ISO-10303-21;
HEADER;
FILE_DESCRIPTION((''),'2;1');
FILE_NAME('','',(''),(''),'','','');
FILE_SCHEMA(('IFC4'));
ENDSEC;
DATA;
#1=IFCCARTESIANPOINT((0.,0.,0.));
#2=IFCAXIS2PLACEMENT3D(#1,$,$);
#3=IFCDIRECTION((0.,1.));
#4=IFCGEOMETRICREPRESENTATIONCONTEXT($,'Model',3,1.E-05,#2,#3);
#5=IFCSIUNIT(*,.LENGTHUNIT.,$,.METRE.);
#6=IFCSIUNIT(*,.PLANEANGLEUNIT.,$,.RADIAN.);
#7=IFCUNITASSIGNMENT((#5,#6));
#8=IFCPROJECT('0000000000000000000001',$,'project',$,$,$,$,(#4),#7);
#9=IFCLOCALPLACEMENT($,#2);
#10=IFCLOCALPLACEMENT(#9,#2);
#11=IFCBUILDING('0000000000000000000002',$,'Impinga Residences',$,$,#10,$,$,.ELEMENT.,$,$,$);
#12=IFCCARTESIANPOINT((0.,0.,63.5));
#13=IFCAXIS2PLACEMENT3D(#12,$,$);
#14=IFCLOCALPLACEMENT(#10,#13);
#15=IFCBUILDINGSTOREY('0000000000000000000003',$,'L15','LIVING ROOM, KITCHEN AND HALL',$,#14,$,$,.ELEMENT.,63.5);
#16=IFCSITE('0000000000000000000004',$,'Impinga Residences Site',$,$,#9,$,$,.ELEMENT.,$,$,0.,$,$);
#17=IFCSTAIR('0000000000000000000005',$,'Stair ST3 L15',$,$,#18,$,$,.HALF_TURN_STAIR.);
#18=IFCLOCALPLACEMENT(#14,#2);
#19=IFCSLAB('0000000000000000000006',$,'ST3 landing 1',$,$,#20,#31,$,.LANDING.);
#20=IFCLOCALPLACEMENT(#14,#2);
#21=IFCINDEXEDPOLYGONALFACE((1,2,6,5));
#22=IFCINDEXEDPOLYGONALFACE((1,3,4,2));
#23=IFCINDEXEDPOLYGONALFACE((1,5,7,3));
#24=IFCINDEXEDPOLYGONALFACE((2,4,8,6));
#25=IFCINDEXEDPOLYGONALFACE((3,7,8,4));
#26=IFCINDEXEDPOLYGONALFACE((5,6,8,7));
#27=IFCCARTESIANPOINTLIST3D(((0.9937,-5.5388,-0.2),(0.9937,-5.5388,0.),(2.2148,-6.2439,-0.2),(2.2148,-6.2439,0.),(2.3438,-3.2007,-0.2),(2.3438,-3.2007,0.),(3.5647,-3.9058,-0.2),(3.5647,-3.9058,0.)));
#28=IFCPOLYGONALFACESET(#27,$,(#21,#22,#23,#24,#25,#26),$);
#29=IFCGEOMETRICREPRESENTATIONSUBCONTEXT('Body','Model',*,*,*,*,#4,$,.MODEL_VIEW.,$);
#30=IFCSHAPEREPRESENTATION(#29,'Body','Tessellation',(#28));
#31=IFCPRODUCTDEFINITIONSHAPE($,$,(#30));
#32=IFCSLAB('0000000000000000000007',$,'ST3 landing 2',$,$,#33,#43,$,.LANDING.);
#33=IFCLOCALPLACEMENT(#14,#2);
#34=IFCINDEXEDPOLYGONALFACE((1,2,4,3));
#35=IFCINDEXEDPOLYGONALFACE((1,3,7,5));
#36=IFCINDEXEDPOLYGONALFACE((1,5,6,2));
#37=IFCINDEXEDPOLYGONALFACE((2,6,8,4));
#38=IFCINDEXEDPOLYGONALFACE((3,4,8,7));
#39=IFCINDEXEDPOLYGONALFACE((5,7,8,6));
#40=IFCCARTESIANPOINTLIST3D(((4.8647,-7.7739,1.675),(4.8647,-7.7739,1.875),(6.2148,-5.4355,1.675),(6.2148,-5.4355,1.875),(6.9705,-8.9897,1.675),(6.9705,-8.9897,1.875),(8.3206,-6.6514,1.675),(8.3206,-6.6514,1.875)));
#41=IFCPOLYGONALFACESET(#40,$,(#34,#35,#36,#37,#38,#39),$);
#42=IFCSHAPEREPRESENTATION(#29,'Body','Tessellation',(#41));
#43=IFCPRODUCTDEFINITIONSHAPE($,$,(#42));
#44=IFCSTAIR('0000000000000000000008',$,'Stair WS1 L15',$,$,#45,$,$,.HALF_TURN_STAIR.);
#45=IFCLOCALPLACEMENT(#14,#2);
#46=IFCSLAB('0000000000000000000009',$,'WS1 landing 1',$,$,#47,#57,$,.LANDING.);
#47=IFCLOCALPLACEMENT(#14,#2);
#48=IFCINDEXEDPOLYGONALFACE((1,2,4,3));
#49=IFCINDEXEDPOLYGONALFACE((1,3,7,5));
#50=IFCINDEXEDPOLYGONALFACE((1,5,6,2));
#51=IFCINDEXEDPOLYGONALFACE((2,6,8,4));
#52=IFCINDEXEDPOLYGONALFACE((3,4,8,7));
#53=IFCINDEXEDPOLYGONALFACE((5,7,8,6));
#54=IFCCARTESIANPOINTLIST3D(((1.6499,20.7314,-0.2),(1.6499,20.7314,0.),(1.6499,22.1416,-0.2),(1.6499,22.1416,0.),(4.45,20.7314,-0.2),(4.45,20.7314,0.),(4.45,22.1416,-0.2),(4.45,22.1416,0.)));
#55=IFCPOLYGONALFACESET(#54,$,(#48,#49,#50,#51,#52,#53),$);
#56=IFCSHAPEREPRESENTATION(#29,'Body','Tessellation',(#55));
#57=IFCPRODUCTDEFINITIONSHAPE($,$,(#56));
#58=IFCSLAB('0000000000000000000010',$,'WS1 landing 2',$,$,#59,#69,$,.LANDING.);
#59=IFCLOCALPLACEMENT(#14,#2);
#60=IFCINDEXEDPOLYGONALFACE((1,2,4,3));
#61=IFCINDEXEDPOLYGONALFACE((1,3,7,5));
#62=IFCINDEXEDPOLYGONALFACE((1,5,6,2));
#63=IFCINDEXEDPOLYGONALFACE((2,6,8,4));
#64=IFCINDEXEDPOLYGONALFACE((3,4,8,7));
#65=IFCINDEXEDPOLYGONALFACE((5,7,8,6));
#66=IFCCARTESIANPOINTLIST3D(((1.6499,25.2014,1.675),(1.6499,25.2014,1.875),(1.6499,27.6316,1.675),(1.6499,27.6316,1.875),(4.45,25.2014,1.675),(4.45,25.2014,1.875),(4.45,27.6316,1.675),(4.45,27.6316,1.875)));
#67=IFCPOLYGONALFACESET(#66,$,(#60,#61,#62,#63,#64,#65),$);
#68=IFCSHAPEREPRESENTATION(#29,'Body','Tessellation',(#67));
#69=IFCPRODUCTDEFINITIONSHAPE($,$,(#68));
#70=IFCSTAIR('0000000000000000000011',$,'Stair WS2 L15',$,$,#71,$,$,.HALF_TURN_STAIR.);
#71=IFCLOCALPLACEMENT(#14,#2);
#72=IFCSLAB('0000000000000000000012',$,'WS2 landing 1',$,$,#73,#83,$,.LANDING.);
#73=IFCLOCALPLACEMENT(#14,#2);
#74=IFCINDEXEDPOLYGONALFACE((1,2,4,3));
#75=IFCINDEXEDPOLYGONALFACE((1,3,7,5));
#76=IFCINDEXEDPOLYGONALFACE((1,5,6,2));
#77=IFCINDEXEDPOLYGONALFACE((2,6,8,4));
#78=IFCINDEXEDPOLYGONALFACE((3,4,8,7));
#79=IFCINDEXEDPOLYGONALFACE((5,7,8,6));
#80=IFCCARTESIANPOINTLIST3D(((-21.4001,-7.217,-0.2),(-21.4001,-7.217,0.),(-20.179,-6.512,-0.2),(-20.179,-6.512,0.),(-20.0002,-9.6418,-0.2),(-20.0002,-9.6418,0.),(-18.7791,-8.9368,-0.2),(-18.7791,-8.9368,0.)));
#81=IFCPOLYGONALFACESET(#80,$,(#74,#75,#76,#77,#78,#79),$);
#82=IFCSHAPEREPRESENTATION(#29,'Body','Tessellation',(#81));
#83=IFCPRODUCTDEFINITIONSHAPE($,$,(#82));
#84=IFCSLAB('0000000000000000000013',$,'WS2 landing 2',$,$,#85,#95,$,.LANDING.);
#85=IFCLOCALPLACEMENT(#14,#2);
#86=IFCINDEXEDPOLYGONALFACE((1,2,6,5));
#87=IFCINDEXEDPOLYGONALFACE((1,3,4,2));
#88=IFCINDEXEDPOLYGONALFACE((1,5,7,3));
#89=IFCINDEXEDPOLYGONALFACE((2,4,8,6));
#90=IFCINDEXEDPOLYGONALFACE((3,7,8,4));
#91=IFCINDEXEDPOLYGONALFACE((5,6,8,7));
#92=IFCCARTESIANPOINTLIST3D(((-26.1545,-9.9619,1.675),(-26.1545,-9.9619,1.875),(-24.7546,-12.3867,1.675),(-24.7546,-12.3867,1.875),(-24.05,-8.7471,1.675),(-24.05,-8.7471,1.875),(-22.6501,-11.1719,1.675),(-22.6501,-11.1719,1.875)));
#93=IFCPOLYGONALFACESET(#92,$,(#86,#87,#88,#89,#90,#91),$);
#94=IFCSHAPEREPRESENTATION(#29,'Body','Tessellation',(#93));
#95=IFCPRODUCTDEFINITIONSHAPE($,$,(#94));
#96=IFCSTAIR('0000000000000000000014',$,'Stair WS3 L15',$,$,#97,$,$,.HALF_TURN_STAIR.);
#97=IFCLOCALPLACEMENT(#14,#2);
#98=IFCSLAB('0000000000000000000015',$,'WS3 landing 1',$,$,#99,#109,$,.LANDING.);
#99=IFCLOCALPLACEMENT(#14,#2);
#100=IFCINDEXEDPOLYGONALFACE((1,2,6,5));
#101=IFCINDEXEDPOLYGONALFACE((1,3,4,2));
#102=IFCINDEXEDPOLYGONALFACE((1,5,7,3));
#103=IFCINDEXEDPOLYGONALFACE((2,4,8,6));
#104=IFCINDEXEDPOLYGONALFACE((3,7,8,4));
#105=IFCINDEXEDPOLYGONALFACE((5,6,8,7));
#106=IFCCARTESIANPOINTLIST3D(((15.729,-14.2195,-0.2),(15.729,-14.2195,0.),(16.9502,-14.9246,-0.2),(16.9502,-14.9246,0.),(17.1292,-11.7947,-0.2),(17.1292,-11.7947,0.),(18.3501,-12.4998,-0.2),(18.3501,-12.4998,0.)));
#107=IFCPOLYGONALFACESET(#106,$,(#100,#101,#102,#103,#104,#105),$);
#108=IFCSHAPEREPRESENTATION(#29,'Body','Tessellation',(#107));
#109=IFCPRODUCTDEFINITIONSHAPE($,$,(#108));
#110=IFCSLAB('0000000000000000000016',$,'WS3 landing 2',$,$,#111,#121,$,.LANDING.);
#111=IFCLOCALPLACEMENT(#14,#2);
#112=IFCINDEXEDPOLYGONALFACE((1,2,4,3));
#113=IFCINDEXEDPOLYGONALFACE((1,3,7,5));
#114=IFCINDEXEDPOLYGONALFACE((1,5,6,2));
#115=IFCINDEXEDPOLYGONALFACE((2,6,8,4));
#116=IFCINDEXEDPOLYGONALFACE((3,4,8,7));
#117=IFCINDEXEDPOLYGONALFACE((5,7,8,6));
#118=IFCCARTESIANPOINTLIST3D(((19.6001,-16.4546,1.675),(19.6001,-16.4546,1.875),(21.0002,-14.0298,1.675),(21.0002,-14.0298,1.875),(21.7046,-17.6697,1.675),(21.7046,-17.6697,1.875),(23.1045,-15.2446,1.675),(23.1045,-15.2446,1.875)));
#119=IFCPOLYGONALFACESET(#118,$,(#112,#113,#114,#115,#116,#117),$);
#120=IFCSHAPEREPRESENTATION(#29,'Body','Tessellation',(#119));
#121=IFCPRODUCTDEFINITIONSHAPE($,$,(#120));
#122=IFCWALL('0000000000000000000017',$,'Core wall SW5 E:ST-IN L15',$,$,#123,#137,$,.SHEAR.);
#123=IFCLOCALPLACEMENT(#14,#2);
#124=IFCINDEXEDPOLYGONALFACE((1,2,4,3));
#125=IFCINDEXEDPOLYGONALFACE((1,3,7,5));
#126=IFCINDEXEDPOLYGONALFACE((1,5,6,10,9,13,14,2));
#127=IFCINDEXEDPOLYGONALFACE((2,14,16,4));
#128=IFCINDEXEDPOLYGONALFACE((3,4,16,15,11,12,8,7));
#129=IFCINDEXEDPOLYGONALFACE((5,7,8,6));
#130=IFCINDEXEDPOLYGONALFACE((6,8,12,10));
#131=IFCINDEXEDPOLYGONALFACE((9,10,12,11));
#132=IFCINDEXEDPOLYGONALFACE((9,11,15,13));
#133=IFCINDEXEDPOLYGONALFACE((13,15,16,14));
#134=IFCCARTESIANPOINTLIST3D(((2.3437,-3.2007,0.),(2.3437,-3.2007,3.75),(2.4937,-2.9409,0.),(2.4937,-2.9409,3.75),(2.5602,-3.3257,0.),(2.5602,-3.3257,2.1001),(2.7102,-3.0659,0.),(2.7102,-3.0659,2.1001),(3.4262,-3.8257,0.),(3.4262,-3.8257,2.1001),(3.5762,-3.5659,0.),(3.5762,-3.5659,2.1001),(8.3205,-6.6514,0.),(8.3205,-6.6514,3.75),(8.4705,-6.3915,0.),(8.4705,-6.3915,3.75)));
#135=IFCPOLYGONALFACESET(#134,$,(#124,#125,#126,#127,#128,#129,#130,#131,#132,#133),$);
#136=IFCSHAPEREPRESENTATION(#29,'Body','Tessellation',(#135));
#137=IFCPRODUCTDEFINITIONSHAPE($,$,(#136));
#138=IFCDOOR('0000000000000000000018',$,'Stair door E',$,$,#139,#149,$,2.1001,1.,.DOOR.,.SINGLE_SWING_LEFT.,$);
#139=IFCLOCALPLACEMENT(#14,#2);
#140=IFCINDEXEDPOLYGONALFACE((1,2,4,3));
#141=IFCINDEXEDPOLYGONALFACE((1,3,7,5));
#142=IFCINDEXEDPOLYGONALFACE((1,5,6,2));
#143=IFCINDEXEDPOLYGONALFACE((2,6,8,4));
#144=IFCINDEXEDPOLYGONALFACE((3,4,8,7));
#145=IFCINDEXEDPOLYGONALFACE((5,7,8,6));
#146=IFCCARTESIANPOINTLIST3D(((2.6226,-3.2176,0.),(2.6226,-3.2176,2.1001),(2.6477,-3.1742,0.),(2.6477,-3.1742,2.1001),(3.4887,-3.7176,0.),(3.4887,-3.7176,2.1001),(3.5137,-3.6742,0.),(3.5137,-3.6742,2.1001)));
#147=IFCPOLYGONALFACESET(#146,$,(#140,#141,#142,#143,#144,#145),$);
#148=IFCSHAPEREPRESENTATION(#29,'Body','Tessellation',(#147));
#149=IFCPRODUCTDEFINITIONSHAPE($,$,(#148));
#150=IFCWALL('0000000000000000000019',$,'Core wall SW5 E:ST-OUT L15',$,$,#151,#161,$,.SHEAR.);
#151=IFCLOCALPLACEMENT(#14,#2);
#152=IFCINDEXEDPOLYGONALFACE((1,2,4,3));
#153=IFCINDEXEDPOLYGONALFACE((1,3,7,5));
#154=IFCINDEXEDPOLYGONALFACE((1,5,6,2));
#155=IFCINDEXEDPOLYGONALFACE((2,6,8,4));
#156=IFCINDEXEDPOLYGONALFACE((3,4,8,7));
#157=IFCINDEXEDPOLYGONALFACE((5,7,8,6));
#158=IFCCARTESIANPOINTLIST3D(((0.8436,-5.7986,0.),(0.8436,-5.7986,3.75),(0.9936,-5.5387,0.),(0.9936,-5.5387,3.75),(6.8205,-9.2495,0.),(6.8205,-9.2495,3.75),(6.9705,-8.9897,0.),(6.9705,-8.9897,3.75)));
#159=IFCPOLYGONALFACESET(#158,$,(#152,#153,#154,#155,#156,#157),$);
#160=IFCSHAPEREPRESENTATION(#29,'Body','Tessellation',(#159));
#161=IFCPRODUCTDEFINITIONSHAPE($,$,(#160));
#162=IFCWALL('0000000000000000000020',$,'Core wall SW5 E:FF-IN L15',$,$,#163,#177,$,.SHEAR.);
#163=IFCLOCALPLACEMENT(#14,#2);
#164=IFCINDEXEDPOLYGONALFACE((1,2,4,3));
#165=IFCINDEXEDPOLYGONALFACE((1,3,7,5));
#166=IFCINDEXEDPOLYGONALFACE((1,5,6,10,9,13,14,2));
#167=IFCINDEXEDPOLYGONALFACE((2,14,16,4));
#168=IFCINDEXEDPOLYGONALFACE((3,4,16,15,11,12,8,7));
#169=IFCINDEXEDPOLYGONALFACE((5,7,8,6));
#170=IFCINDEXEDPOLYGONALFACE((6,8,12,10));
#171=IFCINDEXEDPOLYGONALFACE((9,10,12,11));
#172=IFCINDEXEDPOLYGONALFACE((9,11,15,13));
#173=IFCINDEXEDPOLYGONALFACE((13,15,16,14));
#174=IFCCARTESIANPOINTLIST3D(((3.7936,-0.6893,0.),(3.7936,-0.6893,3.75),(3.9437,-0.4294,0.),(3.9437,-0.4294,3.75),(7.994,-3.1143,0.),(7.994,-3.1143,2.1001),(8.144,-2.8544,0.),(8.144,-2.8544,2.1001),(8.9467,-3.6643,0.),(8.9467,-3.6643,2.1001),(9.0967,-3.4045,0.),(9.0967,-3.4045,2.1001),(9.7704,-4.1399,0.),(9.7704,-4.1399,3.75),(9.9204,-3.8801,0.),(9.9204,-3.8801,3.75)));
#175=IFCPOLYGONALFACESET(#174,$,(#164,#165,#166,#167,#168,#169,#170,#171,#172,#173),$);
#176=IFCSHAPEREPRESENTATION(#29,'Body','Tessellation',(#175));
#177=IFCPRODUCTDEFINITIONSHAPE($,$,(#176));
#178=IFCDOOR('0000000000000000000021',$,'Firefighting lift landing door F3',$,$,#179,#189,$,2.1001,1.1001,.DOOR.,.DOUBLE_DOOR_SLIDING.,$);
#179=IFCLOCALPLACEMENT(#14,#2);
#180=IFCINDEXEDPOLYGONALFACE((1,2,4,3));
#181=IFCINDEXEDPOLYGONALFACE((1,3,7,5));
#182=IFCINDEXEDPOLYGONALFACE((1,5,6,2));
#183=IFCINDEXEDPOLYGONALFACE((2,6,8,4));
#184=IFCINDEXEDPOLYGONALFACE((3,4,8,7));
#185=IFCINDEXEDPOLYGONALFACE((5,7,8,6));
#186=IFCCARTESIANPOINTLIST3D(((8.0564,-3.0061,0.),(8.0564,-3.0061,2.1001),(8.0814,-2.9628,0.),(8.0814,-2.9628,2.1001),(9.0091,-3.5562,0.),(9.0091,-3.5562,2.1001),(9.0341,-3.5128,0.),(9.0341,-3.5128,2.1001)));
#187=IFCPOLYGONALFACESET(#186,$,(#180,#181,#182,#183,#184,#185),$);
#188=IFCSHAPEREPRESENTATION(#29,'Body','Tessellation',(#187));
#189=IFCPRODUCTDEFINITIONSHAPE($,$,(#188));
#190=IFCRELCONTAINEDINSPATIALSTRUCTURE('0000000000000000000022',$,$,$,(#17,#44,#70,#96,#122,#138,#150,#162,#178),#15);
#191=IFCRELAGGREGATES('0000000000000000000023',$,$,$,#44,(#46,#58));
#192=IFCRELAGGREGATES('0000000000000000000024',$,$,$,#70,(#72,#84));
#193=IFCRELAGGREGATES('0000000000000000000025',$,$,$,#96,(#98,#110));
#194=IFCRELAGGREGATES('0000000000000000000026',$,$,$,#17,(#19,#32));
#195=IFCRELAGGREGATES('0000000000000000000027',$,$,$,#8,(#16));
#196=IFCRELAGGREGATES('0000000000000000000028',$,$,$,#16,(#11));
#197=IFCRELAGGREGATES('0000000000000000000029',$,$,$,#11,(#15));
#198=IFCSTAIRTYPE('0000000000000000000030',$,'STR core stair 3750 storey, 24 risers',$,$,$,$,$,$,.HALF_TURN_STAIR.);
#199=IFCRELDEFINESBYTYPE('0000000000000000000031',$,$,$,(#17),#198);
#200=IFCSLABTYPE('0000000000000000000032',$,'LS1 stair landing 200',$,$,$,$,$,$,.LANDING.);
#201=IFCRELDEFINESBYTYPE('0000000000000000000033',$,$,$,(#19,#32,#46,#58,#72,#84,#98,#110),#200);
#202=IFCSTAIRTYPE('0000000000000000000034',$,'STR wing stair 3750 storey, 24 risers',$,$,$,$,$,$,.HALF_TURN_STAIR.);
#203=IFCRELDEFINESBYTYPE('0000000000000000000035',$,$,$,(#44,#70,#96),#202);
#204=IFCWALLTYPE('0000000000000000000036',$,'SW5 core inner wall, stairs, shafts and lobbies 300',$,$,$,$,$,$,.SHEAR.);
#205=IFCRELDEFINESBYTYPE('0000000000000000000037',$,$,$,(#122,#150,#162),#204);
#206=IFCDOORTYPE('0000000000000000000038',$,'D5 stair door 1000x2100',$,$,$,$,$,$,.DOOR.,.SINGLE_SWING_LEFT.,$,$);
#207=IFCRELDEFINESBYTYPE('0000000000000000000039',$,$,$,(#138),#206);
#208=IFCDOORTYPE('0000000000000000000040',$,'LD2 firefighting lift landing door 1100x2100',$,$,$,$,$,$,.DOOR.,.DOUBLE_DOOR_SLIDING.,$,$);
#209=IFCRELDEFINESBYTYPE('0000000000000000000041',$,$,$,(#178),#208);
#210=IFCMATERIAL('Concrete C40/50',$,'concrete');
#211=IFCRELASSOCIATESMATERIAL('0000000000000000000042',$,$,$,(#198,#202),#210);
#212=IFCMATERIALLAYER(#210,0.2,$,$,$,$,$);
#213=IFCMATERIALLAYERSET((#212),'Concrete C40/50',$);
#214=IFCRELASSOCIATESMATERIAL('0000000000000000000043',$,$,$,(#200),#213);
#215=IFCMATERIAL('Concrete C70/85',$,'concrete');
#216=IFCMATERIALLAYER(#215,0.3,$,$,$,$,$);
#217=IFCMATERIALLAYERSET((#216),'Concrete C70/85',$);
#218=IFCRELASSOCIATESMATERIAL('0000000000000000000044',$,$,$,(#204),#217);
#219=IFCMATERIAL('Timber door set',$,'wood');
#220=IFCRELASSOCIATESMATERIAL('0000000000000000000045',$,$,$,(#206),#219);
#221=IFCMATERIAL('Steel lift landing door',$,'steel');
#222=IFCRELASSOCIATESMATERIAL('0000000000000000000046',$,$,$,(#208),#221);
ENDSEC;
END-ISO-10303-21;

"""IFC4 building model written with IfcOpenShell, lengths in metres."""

from ifc_helpers import new_model, si_unit, direction, frame, frame_2d, origin, place, context, subcontext, project, spatial, polyline, rectangle, outline, extrude, material, layer, layer_set, type_object, element, fill, aggregate, save


model = new_model("IFC4")

# Units and contexts
model_context = context("Model", 3, precision=1e-05, world=origin(), true_north=direction((0.0, 1.0)))
body_context = subcontext(model_context, "Body", "Model", "MODEL_VIEW")
ifc_project = project(units=[si_unit("LENGTHUNIT", "METRE"), si_unit("PLANEANGLEUNIT", "RADIAN")], contexts=[model_context])

# Site, building, storey
site_placement = place(None, origin())
site = spatial("IfcSite", under=ifc_project, at=site_placement, Name="Impinga Residences Site", CompositionType="ELEMENT", RefElevation=0.0)
building_placement = place(site_placement, origin())
building = spatial("IfcBuilding", under=site, at=building_placement, Name="Impinga Residences", CompositionType="ELEMENT")
storey_placement = place(building_placement, frame((0.0, 0.0, 63.5)))
storey = spatial("IfcBuildingStorey", under=building, at=storey_placement, Name="L15", Description="LIVING ROOM, KITCHEN AND HALL", CompositionType="ELEMENT", Elevation=63.5)

# Stairs, slabs
ifc_material_1 = material(Name="Concrete C40/50", Category="concrete")
stair_type_1 = type_object("IfcStairType", Name="STR core stair 3750 storey, 24 risers", PredefinedType="HALF_TURN_STAIR", material=ifc_material_1)
stair_1_placement = place(storey_placement, origin())
stair_1 = element("IfcStair", 1, at=stair_1_placement, inside=storey, type_object=stair_type_1, Name="Stair ST3 L15", PredefinedType="HALF_TURN_STAIR")
ifc_layer_1 = layer(ifc_material_1, 0.2)
ifc_layer_set_1 = layer_set([ifc_layer_1], Name="Concrete C40/50")
slab_type = type_object("IfcSlabType", Name="LS1 stair landing 200", PredefinedType="LANDING", material=ifc_layer_set_1)
slab_1_placement = place(storey_placement, frame((0.0, 0.0, -0.2)))
slab_1 = element("IfcSlab", 2, at=slab_1_placement, type_object=slab_type, Name="ST3 landing 1", PredefinedType="LANDING", context=body_context, shape_type="SweptSolid", body=[
    extrude(outline(polyline([(2.3438, -3.2007), (0.9937, -5.5388), (2.2148, -6.2439), (3.5647, -3.9058), (2.3438, -3.2007)])), origin(), (0.0, 0.0, 1.0), 0.2),
])
slab_2_placement = place(storey_placement, frame((0.0, 0.0, 1.675)))
slab_2 = element("IfcSlab", 3, at=slab_2_placement, type_object=slab_type, Name="ST3 landing 2", PredefinedType="LANDING", context=body_context, shape_type="SweptSolid", body=[
    extrude(outline(polyline([(6.2148, -5.4355), (4.8647, -7.7739), (6.9705, -8.9897), (8.3206, -6.6514), (6.2148, -5.4355)])), origin(), (0.0, 0.0, 1.0), 0.2),
])
stair_type_2 = type_object("IfcStairType", Name="STR wing stair 3750 storey, 24 risers", PredefinedType="HALF_TURN_STAIR", material=ifc_material_1)
stair_2_placement = place(storey_placement, origin())
stair_2 = element("IfcStair", 4, at=stair_2_placement, inside=storey, type_object=stair_type_2, Name="Stair WS1 L15", PredefinedType="HALF_TURN_STAIR")
slab_3_placement = place(storey_placement, frame((0.0, 0.0, -0.2)))
slab_3 = element("IfcSlab", 5, at=slab_3_placement, type_object=slab_type, Name="WS1 landing 1", PredefinedType="LANDING", context=body_context, shape_type="SweptSolid", body=[
    extrude(outline(polyline([(1.6499, 20.7314), (4.45, 20.7314), (4.45, 22.1416), (1.6499, 22.1416), (1.6499, 20.7314)])), origin(), (0.0, 0.0, 1.0), 0.2),
])
slab_4_placement = place(storey_placement, frame((0.0, 0.0, 1.675)))
slab_4 = element("IfcSlab", 6, at=slab_4_placement, type_object=slab_type, Name="WS1 landing 2", PredefinedType="LANDING", context=body_context, shape_type="SweptSolid", body=[
    extrude(outline(polyline([(1.6499, 25.2014), (4.45, 25.2014), (4.45, 27.6316), (1.6499, 27.6316), (1.6499, 25.2014)])), origin(), (0.0, 0.0, 1.0), 0.2),
])
aggregate(stair_2, [slab_3, slab_4])
stair_3_placement = place(storey_placement, origin())
stair_3 = element("IfcStair", 7, at=stair_3_placement, inside=storey, type_object=stair_type_2, Name="Stair WS2 L15", PredefinedType="HALF_TURN_STAIR")
slab_5_placement = place(storey_placement, frame((0.0, 0.0, -0.2)))
slab_5 = element("IfcSlab", 8, at=slab_5_placement, type_object=slab_type, Name="WS2 landing 1", PredefinedType="LANDING", context=body_context, shape_type="SweptSolid", body=[
    extrude(outline(polyline([(-18.7791, -8.9368), (-20.179, -6.512), (-21.4001, -7.217), (-20.0002, -9.6418), (-18.7791, -8.9368)])), origin(), (0.0, 0.0, 1.0), 0.2),
])
slab_6_placement = place(storey_placement, frame((0.0, 0.0, 1.675)))
slab_6 = element("IfcSlab", 9, at=slab_6_placement, type_object=slab_type, Name="WS2 landing 2", PredefinedType="LANDING", context=body_context, shape_type="SweptSolid", body=[
    extrude(outline(polyline([(-22.6501, -11.1719), (-24.05, -8.7471), (-26.1545, -9.9619), (-24.7546, -12.3867), (-22.6501, -11.1719)])), origin(), (0.0, 0.0, 1.0), 0.2),
])
aggregate(stair_3, [slab_5, slab_6])
stair_4_placement = place(storey_placement, origin())
stair_4 = element("IfcStair", 10, at=stair_4_placement, inside=storey, type_object=stair_type_2, Name="Stair WS3 L15", PredefinedType="HALF_TURN_STAIR")
slab_7_placement = place(storey_placement, frame((0.0, 0.0, -0.2)))
slab_7 = element("IfcSlab", 11, at=slab_7_placement, type_object=slab_type, Name="WS3 landing 1", PredefinedType="LANDING", context=body_context, shape_type="SweptSolid", body=[
    extrude(outline(polyline([(17.1292, -11.7947), (15.729, -14.2195), (16.9502, -14.9246), (18.3501, -12.4998), (17.1292, -11.7947)])), origin(), (0.0, 0.0, 1.0), 0.2),
])
slab_8_placement = place(storey_placement, frame((0.0, 0.0, 1.675)))
slab_8 = element("IfcSlab", 12, at=slab_8_placement, type_object=slab_type, Name="WS3 landing 2", PredefinedType="LANDING", context=body_context, shape_type="SweptSolid", body=[
    extrude(outline(polyline([(21.0002, -14.0298), (19.6001, -16.4546), (21.7046, -17.6697), (23.1045, -15.2446), (21.0002, -14.0298)])), origin(), (0.0, 0.0, 1.0), 0.2),
])
aggregate(stair_4, [slab_7, slab_8])

# Wall, opening, door
ifc_material_2 = material(Name="Concrete C70/85", Category="concrete")
ifc_layer_2 = layer(ifc_material_2, 0.3)
ifc_layer_set_2 = layer_set([ifc_layer_2], Name="Concrete C70/85")
wall_type = type_object("IfcWallType", Name="SW5 core inner wall, stairs, shafts and lobbies 300", PredefinedType="SHEAR", material=ifc_layer_set_2)
wall_1_placement = place(storey_placement, frame((2.4187, -3.0708, 0.0), z_axis=(0.0, 0.0, 1.0), x_axis=(0.866027, -0.499997, 0.0)))
wall_1 = element("IfcWall", 13, at=wall_1_placement, inside=storey, type_object=wall_type, Name="Core wall SW5 E:ST-IN L15", PredefinedType="SHEAR", context=body_context, shape_type="SweptSolid", body=[
    extrude(rectangle(XDim=6.9014, YDim=0.3, at=frame_2d((3.4507, 0.0))), origin(), (0.0, 0.0, 1.0), 3.75),
])
opening_1_placement = place(wall_1_placement, frame((0.25, 0.0, 0.0)))
opening_1 = element("IfcOpeningElement", 14, at=opening_1_placement, cuts=wall_1, PredefinedType="OPENING", context=body_context, shape_type="SweptSolid", body=[
    extrude(rectangle(XDim=1.0, YDim=2.1001, at=frame_2d((0.5, 1.05))), frame((0.0, 0.1599, 0.0), z_axis=(0.0, -1.0, 0.0), x_axis=(1.0, 0.0, 0.0)), (0.0, 0.0, 1.0), 0.3201),
])
ifc_material_3 = material(Name="Timber door set", Category="wood")
door_type_1 = type_object("IfcDoorType", Name="D5 stair door 1000x2100", OperationType="SINGLE_SWING_LEFT", PredefinedType="DOOR", material=ifc_material_3)
door_1_placement = place(opening_1_placement, origin())
door_1 = element("IfcDoor", 15, at=door_1_placement, inside=storey, type_object=door_type_1, Name="Stair door E", OperationType="SINGLE_SWING_LEFT", OverallHeight=2.1001, OverallWidth=1.0, PredefinedType="DOOR", context=body_context, shape_type="SweptSolid", body=[
    extrude(rectangle(XDim=1.0, YDim=2.1001, at=frame_2d((0.5, 1.05))), frame((0.0, 0.0249, 0.0), z_axis=(0.0, -1.0, 0.0), x_axis=(1.0, 0.0, 0.0)), (0.0, 0.0, 1.0), 0.05),
])
fill(opening_1, door_1)

# Wall
wall_2_placement = place(storey_placement, frame((0.9187, -5.6687, 0.0), z_axis=(0.0, 0.0, 1.0), x_axis=(0.866012, -0.500024, 0.0)))
element("IfcWall", 16, at=wall_2_placement, inside=storey, type_object=wall_type, Name="Core wall SW5 E:ST-OUT L15", PredefinedType="SHEAR", context=body_context, shape_type="SweptSolid", body=[
    extrude(rectangle(XDim=6.9016, YDim=0.3, at=frame_2d((3.4507, 0.0))), origin(), (0.0, 0.0, 1.0), 3.75),
])

# Wall, opening, door
wall_3_placement = place(storey_placement, frame((3.8687, -0.5593, 0.0), z_axis=(0.0, 0.0, 1.0), x_axis=(0.866027, -0.499997, 0.0)))
wall_3 = element("IfcWall", 17, at=wall_3_placement, inside=storey, type_object=wall_type, Name="Core wall SW5 E:FF-IN L15", PredefinedType="SHEAR", context=body_context, shape_type="SweptSolid", body=[
    extrude(rectangle(XDim=6.9014, YDim=0.3, at=frame_2d((3.4507, 0.0))), origin(), (0.0, 0.0, 1.0), 3.75),
])
opening_2_placement = place(wall_3_placement, frame((4.8501, 0.0, 0.0)))
opening_2 = element("IfcOpeningElement", 18, at=opening_2_placement, cuts=wall_3, PredefinedType="OPENING", context=body_context, shape_type="SweptSolid", body=[
    extrude(rectangle(XDim=1.1001, YDim=2.1001, at=frame_2d((0.55, 1.05))), frame((0.0, 0.1599, 0.0), z_axis=(0.0, -1.0, 0.0), x_axis=(1.0, 0.0, 0.0)), (0.0, 0.0, 1.0), 0.3201),
])
ifc_material_4 = material(Name="Steel lift landing door", Category="steel")
door_type_2 = type_object("IfcDoorType", Name="LD2 firefighting lift landing door 1100x2100", OperationType="DOUBLE_DOOR_SLIDING", PredefinedType="DOOR", material=ifc_material_4)
door_2_placement = place(opening_2_placement, origin())
door_2 = element("IfcDoor", 19, at=door_2_placement, inside=storey, type_object=door_type_2, Name="Firefighting lift landing door F3", OperationType="DOUBLE_DOOR_SLIDING", OverallHeight=2.1001, OverallWidth=1.1001, PredefinedType="DOOR", context=body_context, shape_type="SweptSolid", body=[
    extrude(rectangle(XDim=1.1001, YDim=2.1001, at=frame_2d((0.55, 1.05))), frame((0.0, 0.0249, 0.0), z_axis=(0.0, -1.0, 0.0), x_axis=(1.0, 0.0, 0.0)), (0.0, 0.0, 1.0), 0.05),
])
fill(opening_2, door_2)

aggregate(stair_1, [slab_1, slab_2])

save(model, "model.ifc")
